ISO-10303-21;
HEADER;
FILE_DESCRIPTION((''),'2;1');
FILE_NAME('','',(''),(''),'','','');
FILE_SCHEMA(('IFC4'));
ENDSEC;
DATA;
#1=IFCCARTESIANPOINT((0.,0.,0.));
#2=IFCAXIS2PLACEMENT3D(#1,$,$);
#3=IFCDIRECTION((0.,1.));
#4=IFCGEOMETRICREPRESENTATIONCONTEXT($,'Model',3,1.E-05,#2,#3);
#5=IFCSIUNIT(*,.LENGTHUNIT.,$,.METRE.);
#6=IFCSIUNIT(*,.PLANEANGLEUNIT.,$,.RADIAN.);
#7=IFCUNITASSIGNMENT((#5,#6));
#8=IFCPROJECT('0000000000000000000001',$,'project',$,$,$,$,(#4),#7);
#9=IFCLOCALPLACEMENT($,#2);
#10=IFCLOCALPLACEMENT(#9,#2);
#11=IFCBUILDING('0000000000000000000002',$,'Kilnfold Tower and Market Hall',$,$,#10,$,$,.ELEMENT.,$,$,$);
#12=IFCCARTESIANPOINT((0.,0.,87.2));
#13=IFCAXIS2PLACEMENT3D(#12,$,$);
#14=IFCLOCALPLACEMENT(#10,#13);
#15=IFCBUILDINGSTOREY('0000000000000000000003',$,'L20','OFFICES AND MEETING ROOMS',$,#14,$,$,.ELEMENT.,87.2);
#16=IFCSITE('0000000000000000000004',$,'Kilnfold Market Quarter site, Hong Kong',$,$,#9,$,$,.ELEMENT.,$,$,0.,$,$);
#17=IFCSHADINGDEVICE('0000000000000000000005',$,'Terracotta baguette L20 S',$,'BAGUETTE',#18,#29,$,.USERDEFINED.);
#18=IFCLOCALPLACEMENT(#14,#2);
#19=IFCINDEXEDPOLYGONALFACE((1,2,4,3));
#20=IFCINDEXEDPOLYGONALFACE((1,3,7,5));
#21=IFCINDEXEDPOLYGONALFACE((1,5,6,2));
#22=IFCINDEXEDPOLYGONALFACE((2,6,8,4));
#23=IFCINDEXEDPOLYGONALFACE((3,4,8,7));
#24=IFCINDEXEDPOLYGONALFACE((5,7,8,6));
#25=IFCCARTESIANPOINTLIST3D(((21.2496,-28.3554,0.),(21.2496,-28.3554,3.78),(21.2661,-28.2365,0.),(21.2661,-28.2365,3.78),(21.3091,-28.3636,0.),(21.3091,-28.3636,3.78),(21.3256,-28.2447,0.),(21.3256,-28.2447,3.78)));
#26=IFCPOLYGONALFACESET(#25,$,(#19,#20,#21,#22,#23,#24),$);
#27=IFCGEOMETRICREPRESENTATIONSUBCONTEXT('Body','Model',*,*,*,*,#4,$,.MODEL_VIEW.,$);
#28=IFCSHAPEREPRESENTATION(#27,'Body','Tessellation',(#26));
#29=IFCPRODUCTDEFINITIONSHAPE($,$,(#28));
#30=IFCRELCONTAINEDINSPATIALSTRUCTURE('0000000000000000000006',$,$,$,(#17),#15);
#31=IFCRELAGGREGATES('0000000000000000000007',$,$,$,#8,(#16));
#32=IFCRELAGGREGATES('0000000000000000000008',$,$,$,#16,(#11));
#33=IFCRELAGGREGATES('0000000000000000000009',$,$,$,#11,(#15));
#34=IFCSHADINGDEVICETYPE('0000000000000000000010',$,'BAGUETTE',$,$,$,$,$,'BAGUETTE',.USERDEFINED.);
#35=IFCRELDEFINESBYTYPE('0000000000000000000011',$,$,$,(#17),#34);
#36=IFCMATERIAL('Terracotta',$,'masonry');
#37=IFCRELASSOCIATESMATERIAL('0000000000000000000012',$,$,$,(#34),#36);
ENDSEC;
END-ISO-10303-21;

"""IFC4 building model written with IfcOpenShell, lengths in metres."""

from ifc_helpers import new_model, si_unit, direction, frame, origin, origin_2d, place, context, subcontext, project, spatial, rectangle, extrude, source, transform, mapped, material, material_profile, profile_set, type_object, element, save


model = new_model("IFC4")

# Units and contexts
model_context = context("Model", 3, precision=1e-05, world=origin(), true_north=direction((0.0, 1.0)))
body_context = subcontext(model_context, "Body", "Model", "MODEL_VIEW")
ifc_project = project(units=[si_unit("LENGTHUNIT", "METRE"), si_unit("PLANEANGLEUNIT", "RADIAN")], contexts=[model_context])

# Site, building, storey
site_placement = place(None, origin())
site = spatial("IfcSite", under=ifc_project, at=site_placement, Name="Kilnfold Market Quarter site, Hong Kong", CompositionType="ELEMENT", RefElevation=0.0)
building_placement = place(site_placement, origin())
building = spatial("IfcBuilding", under=site, at=building_placement, Name="Kilnfold Tower and Market Hall", CompositionType="ELEMENT")
storey_placement = place(building_placement, frame((0.0, 0.0, 87.2)))
storey = spatial("IfcBuildingStorey", under=building, at=storey_placement, Name="L20", Description="OFFICES AND MEETING ROOMS", CompositionType="ELEMENT", Elevation=87.2)

# Shading device
ifc_material_1 = material(Name="Terracotta", Category="masonry")
ifc_material_profile_1 = material_profile(ifc_material_1, rectangle(XDim=0.0601, YDim=0.1201, at=origin_2d()), Name="BAG 60x120")
ifc_profile_set_1 = profile_set([ifc_material_profile_1], Name="Terracotta")
shading_device_type = type_object("IfcShadingDeviceType", Name="BAGUETTE", ElementType="BAGUETTE", PredefinedType="USERDEFINED", material=ifc_profile_set_1)
shared_shape_1 = source(origin(), body_context, "Body", "SweptSolid", [
    extrude(rectangle(XDim=0.0601, YDim=0.1201, at=origin_2d()), origin(), (0.0, 0.0, 1.0), 3.78),
])
for number, where, z_axis, x_axis, name in (
    (1, (21.2876, -28.3, 0.0), (0.0, 0.0, 1.0), (0.990623, -0.136623, 0.0), "Terracotta baguette L20 S"),
):
    element("IfcShadingDevice", number, at=place(storey_placement, frame(where, z_axis=z_axis, x_axis=x_axis)), inside=storey, type_object=shading_device_type, Name=name, ObjectType="BAGUETTE", PredefinedType="USERDEFINED", context=body_context, shape_type="MappedRepresentation", body=[
        mapped(shared_shape_1, transform((0.0, 0.0, 0.0))),
    ])

save(model, "model.ifc")
